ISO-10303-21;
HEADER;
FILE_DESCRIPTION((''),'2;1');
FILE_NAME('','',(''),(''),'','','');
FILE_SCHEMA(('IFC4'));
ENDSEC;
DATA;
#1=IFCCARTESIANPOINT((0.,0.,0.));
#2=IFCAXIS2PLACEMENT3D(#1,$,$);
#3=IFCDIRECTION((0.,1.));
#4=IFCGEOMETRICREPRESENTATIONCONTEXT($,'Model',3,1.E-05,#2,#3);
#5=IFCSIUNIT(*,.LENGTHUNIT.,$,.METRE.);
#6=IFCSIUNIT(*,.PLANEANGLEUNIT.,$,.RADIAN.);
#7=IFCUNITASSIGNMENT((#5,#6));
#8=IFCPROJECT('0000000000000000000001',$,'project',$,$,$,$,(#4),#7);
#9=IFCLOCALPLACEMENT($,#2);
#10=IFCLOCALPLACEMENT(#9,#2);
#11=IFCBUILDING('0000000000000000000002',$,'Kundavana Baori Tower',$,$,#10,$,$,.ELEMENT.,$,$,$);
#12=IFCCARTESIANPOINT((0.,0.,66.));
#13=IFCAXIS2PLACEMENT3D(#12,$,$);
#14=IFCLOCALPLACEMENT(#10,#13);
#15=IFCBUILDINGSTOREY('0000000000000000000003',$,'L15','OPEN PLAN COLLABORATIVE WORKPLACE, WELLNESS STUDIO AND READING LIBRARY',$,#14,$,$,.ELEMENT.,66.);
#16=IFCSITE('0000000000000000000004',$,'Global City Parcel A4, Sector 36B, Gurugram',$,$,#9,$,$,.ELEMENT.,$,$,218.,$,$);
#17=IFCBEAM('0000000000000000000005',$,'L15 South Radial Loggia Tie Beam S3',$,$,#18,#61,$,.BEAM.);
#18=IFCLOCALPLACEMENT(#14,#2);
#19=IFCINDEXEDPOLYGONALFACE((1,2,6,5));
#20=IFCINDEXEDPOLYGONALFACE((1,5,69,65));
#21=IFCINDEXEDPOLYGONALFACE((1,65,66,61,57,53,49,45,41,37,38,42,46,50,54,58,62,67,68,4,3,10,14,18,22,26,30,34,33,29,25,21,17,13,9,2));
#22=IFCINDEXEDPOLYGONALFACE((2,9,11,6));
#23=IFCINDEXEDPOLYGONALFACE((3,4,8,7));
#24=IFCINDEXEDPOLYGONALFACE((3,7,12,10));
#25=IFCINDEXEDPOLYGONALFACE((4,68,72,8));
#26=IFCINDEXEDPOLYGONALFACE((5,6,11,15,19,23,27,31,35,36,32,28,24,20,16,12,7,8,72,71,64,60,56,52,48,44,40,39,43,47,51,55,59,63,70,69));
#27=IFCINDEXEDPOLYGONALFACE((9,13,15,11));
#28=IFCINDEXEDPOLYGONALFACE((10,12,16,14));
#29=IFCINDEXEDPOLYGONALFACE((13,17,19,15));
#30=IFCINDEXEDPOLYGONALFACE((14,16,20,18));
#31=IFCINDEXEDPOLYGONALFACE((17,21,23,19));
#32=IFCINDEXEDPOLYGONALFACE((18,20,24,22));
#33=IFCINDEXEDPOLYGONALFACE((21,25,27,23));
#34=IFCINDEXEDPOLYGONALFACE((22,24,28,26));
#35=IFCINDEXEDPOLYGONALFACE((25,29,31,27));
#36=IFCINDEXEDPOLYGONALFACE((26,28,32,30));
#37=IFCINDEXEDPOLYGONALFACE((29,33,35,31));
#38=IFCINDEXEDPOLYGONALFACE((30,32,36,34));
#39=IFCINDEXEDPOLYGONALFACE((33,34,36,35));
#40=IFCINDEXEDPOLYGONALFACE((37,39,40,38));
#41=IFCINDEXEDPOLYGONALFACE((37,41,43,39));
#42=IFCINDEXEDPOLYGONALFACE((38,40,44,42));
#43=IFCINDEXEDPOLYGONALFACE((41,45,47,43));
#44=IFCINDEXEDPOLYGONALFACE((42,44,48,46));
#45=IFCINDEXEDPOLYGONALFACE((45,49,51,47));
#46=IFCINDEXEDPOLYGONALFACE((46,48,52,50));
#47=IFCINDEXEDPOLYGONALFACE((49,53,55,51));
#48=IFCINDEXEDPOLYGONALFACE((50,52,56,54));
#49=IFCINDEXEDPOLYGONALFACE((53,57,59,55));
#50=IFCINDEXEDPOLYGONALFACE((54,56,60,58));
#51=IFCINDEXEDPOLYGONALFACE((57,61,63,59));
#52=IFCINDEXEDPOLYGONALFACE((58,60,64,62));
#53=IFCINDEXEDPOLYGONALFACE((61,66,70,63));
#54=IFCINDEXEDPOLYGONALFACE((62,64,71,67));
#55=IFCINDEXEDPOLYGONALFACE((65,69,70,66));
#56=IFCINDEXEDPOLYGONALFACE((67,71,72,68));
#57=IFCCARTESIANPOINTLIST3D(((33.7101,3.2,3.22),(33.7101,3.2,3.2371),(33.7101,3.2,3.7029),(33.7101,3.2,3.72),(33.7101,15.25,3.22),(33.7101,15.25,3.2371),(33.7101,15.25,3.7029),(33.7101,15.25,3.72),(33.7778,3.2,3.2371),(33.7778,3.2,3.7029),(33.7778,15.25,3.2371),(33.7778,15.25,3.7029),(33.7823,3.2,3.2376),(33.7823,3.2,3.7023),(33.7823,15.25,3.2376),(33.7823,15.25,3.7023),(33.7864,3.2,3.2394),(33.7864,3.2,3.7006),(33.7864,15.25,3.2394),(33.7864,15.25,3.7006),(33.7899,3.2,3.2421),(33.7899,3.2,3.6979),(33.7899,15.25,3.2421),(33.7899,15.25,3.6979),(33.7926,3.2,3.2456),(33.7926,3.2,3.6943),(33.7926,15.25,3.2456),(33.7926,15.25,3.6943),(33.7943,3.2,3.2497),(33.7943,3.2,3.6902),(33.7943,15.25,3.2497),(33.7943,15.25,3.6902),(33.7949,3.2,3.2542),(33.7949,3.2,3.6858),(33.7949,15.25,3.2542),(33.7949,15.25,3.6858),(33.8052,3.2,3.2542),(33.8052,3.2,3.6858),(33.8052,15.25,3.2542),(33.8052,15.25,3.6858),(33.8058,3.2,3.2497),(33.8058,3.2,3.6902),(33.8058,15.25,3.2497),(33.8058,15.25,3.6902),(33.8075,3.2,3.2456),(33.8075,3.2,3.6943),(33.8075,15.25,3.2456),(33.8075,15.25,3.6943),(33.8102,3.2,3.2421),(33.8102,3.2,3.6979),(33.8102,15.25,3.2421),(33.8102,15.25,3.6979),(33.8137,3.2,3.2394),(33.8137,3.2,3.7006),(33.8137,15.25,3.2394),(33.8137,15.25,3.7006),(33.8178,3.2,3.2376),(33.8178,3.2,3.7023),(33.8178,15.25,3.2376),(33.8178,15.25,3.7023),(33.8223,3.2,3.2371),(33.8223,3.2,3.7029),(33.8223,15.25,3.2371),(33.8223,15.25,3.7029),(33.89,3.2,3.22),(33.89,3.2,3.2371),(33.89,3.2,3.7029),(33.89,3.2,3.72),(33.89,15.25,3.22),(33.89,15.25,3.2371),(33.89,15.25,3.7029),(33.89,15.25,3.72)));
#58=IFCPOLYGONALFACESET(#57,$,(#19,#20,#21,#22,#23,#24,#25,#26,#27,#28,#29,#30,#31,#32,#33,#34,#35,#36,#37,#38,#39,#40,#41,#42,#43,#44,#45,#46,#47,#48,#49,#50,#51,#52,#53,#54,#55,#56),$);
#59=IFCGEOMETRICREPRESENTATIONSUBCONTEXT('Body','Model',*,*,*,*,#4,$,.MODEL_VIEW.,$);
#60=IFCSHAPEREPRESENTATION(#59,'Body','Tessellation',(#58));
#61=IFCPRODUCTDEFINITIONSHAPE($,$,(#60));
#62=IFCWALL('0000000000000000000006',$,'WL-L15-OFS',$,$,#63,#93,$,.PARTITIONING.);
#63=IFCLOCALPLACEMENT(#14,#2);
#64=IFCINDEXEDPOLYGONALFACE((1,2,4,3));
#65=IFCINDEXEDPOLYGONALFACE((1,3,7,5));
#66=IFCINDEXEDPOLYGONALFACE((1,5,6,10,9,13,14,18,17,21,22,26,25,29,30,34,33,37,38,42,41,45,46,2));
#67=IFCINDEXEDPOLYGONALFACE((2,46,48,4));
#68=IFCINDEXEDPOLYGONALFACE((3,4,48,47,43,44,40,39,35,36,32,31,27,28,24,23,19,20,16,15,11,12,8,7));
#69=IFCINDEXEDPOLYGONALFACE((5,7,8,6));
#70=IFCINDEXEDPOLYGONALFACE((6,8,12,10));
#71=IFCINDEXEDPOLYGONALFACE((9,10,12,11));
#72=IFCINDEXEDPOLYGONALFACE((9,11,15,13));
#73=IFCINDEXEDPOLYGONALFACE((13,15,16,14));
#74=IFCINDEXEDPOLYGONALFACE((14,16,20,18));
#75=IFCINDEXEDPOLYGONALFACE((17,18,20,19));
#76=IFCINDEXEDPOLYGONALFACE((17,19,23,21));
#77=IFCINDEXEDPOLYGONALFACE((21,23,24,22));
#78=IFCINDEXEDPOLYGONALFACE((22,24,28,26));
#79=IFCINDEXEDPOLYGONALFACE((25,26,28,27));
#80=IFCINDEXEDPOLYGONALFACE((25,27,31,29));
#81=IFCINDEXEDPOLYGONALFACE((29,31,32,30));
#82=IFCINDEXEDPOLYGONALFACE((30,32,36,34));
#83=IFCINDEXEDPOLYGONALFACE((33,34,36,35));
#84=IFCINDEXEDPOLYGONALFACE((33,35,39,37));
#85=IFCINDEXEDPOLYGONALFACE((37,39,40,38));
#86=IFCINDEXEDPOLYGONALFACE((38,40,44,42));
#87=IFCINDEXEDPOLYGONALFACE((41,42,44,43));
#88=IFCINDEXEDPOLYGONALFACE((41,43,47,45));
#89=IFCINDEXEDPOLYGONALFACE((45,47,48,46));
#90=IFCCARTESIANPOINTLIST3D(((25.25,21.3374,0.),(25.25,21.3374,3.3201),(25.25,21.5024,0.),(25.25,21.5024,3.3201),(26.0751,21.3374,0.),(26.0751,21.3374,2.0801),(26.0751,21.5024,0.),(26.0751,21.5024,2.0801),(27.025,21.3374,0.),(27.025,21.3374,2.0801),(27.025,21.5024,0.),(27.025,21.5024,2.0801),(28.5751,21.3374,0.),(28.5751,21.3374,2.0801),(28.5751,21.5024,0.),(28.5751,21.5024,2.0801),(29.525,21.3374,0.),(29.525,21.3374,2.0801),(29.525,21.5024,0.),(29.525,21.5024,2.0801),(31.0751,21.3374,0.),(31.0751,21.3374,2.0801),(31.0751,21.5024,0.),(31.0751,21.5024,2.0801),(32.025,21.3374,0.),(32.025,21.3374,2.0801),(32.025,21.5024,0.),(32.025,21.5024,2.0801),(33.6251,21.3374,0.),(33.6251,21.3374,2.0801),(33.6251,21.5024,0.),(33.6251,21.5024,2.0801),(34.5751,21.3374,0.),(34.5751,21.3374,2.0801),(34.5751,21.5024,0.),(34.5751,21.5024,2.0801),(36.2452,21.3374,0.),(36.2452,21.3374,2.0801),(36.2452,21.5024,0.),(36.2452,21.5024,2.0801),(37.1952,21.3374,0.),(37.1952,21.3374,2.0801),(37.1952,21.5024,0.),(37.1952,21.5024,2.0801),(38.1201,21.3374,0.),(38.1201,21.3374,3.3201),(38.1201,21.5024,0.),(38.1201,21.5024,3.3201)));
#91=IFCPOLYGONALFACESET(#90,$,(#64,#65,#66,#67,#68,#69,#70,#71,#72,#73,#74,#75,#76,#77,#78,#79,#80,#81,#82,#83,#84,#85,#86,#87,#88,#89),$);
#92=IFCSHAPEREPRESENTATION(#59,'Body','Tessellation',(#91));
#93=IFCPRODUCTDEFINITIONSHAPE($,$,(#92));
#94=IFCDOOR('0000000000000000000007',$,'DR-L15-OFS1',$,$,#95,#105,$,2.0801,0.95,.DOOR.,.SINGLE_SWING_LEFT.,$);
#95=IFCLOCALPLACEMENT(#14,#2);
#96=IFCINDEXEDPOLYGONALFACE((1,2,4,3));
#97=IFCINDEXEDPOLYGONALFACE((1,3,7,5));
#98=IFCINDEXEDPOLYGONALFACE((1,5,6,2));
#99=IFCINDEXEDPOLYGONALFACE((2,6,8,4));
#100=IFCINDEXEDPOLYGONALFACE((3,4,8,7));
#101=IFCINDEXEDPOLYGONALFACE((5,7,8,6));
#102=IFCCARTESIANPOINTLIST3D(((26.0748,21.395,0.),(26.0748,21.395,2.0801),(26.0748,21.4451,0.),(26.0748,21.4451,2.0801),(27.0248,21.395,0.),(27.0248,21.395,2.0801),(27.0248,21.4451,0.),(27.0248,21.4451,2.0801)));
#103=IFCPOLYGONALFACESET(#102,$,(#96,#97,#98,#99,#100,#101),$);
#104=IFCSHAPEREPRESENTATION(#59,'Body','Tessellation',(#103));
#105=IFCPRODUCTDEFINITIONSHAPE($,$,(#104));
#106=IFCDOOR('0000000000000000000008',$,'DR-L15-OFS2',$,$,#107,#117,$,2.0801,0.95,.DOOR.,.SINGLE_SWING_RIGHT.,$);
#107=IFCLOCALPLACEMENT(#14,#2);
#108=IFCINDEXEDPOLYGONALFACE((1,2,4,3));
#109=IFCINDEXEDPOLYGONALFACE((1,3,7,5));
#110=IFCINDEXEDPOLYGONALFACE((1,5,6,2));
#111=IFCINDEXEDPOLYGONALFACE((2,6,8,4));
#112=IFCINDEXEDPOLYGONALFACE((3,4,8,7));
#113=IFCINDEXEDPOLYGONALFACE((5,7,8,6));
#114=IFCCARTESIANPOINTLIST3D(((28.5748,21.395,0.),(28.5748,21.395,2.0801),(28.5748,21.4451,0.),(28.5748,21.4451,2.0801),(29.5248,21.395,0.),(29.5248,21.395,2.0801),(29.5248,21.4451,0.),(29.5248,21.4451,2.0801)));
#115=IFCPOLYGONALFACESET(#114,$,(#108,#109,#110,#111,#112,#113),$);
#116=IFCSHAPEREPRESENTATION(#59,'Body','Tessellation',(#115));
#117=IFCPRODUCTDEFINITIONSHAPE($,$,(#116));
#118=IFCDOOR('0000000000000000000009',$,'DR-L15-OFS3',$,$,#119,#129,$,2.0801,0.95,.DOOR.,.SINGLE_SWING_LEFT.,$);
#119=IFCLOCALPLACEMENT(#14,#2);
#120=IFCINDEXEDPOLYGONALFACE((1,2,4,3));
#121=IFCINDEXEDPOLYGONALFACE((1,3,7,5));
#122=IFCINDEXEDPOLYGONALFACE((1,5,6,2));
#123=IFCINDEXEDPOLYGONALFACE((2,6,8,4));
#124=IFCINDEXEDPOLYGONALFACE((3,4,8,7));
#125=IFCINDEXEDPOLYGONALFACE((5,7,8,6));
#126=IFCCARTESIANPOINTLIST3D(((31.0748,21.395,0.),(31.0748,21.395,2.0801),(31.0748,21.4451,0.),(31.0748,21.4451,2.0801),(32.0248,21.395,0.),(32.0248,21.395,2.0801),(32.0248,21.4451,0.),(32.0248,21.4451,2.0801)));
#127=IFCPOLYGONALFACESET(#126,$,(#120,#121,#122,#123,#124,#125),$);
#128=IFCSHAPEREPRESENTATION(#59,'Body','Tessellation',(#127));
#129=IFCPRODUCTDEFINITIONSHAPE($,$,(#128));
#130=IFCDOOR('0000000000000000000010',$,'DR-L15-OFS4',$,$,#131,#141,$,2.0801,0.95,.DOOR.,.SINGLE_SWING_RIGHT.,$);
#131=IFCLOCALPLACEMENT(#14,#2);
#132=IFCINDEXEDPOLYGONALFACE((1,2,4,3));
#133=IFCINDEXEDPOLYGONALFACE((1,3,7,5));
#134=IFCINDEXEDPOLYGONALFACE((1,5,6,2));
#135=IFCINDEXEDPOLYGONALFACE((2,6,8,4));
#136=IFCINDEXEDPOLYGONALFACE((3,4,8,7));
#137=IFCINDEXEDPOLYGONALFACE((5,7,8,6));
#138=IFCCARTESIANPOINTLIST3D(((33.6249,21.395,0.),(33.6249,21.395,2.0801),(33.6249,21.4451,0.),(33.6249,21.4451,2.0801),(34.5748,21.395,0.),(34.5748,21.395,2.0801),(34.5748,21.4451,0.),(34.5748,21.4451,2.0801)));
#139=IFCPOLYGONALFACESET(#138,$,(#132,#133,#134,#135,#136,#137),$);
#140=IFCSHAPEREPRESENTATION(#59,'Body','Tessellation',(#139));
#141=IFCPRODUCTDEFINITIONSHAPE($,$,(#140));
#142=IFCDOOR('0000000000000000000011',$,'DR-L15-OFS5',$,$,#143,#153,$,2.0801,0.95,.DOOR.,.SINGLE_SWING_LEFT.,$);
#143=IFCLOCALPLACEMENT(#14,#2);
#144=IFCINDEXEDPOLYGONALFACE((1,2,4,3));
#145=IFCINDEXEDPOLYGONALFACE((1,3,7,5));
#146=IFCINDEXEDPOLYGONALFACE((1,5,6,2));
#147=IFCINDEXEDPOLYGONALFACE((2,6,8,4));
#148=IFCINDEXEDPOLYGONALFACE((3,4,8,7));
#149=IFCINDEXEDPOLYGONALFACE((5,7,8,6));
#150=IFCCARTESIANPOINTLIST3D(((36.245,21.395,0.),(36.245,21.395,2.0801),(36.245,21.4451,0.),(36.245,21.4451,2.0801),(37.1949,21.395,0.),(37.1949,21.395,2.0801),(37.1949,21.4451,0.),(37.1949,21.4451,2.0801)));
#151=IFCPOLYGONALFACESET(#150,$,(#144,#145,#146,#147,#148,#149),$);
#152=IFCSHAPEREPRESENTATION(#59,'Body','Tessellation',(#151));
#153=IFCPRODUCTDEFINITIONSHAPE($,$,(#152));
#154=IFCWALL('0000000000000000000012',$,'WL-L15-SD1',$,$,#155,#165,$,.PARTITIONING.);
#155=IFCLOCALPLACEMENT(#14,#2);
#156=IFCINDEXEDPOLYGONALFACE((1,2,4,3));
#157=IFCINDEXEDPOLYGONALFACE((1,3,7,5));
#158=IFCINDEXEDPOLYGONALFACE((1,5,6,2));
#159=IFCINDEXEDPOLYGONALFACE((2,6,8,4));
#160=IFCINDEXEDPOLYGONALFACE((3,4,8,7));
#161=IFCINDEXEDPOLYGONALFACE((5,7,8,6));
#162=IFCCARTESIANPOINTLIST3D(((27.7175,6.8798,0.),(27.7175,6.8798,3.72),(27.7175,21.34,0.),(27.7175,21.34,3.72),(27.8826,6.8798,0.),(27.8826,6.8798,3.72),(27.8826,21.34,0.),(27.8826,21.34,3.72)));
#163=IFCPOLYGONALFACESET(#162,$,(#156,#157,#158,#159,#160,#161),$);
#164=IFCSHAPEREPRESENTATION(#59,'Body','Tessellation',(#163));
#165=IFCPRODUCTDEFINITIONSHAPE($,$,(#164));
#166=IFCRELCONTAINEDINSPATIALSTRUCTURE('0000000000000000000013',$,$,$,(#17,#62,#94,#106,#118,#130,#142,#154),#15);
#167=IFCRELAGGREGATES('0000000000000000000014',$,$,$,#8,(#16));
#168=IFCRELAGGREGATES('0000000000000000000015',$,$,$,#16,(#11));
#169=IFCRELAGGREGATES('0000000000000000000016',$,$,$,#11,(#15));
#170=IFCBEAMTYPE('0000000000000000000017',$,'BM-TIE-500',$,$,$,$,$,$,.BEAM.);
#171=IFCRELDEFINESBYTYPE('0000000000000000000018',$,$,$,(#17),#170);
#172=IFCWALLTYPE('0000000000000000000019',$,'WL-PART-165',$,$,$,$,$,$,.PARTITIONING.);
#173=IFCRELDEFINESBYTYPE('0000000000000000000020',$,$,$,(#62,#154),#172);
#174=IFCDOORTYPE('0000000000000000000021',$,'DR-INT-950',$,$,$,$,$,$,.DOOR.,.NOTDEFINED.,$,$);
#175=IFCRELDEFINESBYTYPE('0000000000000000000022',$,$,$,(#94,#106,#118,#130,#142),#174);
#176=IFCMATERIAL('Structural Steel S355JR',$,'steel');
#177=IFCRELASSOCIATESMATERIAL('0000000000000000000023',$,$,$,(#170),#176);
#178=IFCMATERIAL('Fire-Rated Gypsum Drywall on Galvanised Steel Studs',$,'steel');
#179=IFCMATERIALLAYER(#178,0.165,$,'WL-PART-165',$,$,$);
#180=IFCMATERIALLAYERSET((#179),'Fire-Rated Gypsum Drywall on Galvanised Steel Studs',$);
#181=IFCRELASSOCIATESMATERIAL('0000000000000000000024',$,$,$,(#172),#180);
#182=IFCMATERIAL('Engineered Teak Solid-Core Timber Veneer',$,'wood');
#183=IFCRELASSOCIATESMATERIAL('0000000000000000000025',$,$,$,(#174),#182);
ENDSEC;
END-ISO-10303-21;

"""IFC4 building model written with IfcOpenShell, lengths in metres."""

from ifc_helpers import new_model, si_unit, direction, frame, frame_2d, origin, origin_2d, place, context, subcontext, project, spatial, rectangle, i_section, extrude, material, layer, layer_set, material_profile, profile_set, type_object, element, fill, save


model = new_model("IFC4")

# Units and contexts
model_context = context("Model", 3, precision=1e-05, world=origin(), true_north=direction((0.0, 1.0)))
body_context = subcontext(model_context, "Body", "Model", "MODEL_VIEW")
ifc_project = project(units=[si_unit("LENGTHUNIT", "METRE"), si_unit("PLANEANGLEUNIT", "RADIAN")], contexts=[model_context])

# Site, building, storey
site_placement = place(None, origin())
site = spatial("IfcSite", under=ifc_project, at=site_placement, Name="Global City Parcel A4, Sector 36B, Gurugram", CompositionType="ELEMENT", RefElevation=218.0)
building_placement = place(site_placement, origin())
building = spatial("IfcBuilding", under=site, at=building_placement, Name="Kundavana Baori Tower", CompositionType="ELEMENT")
storey_placement = place(building_placement, frame((0.0, 0.0, 66.0)))
storey = spatial("IfcBuildingStorey", under=building, at=storey_placement, Name="L15", Description="OPEN PLAN COLLABORATIVE WORKPLACE, WELLNESS STUDIO AND READING LIBRARY", CompositionType="ELEMENT", Elevation=66.0)

# Beam
ifc_material_1 = material(Name="Structural Steel S355JR", Category="steel")
ifc_material_profile_1 = material_profile(ifc_material_1, i_section(OverallWidth=0.1799, OverallDepth=0.5, WebThickness=0.0103, FlangeThickness=0.0171, FilletRadius=0.0171, at=origin_2d()), Name="ISMB 500")
ifc_profile_set_1 = profile_set([ifc_material_profile_1], Name="Structural Steel S355JR")
beam_type_1 = type_object("IfcBeamType", Name="BM-TIE-500", PredefinedType="BEAM", material=ifc_profile_set_1)
for number, where, z_axis, x_axis, name in (
    (1, (33.8, 15.25, 3.47), (0.0, -1.0, 0.0), (1.0, 0.0, 0.0), "L15 South Radial Loggia Tie Beam S3"),
):
    element("IfcBeam", number, at=place(storey_placement, frame(where, z_axis=z_axis, x_axis=x_axis)), inside=storey, type_object=beam_type_1, Name=name, PredefinedType="BEAM", context=body_context, shape_type="SweptSolid", body=[
        extrude(i_section(OverallWidth=0.1799, OverallDepth=0.5, WebThickness=0.0103, FlangeThickness=0.0171, FilletRadius=0.0171, at=origin_2d()), origin(), (0.0, 0.0, 1.0), 12.05),
    ])

# Wall, openings, doors
ifc_material_2 = material(Name="Fire-Rated Gypsum Drywall on Galvanised Steel Studs", Category="steel")
ifc_layer = layer(ifc_material_2, 0.165, Name="WL-PART-165")
ifc_layer_set = layer_set([ifc_layer], Name="Fire-Rated Gypsum Drywall on Galvanised Steel Studs")
wall_type = type_object("IfcWallType", Name="WL-PART-165", PredefinedType="PARTITIONING", material=ifc_layer_set)
wall_placement = place(storey_placement, frame((25.25, 21.4199, 0.0), z_axis=(0.0, 0.0, 1.0), x_axis=(1.0, 0.0, 0.0)))
wall = element("IfcWall", 2, at=wall_placement, inside=storey, type_object=wall_type, Name="WL-L15-OFS", PredefinedType="PARTITIONING", context=body_context, shape_type="SweptSolid", body=[
    extrude(rectangle(XDim=12.8701, YDim=0.165, at=frame_2d((6.4351, 0.0))), origin(), (0.0, 0.0, 1.0), 3.3201),
])
opening_1_placement = place(wall_placement, frame((0.825, 0.0, 0.0)))
opening_1 = element("IfcOpeningElement", 3, at=opening_1_placement, cuts=wall, PredefinedType="OPENING", context=body_context, shape_type="SweptSolid", body=[
    extrude(rectangle(XDim=0.95, YDim=2.0801, at=frame_2d((0.4751, 1.04))), frame((0.0, 0.0925, 0.0), z_axis=(0.0, -1.0, 0.0), x_axis=(1.0, 0.0, 0.0)), (0.0, 0.0, 1.0), 0.1851),
])
opening_2_placement = place(wall_placement, frame((3.325, 0.0, 0.0)))
opening_2 = element("IfcOpeningElement", 4, at=opening_2_placement, cuts=wall, PredefinedType="OPENING", context=body_context, shape_type="SweptSolid", body=[
    extrude(rectangle(XDim=0.95, YDim=2.0801, at=frame_2d((0.4751, 1.04))), frame((0.0, 0.0925, 0.0), z_axis=(0.0, -1.0, 0.0), x_axis=(1.0, 0.0, 0.0)), (0.0, 0.0, 1.0), 0.1851),
])
opening_3_placement = place(wall_placement, frame((5.825, 0.0, 0.0)))
opening_3 = element("IfcOpeningElement", 5, at=opening_3_placement, cuts=wall, PredefinedType="OPENING", context=body_context, shape_type="SweptSolid", body=[
    extrude(rectangle(XDim=0.95, YDim=2.0801, at=frame_2d((0.4751, 1.04))), frame((0.0, 0.0925, 0.0), z_axis=(0.0, -1.0, 0.0), x_axis=(1.0, 0.0, 0.0)), (0.0, 0.0, 1.0), 0.1851),
])
opening_4_placement = place(wall_placement, frame((8.375, 0.0, 0.0)))
opening_4 = element("IfcOpeningElement", 6, at=opening_4_placement, cuts=wall, PredefinedType="OPENING", context=body_context, shape_type="SweptSolid", body=[
    extrude(rectangle(XDim=0.95, YDim=2.0801, at=frame_2d((0.4751, 1.04))), frame((0.0, 0.0925, 0.0), z_axis=(0.0, -1.0, 0.0), x_axis=(1.0, 0.0, 0.0)), (0.0, 0.0, 1.0), 0.1851),
])
opening_5_placement = place(wall_placement, frame((10.9951, 0.0, 0.0)))
opening_5 = element("IfcOpeningElement", 7, at=opening_5_placement, cuts=wall, PredefinedType="OPENING", context=body_context, shape_type="SweptSolid", body=[
    extrude(rectangle(XDim=0.95, YDim=2.0801, at=frame_2d((0.4751, 1.04))), frame((0.0, 0.0925, 0.0), z_axis=(0.0, -1.0, 0.0), x_axis=(1.0, 0.0, 0.0)), (0.0, 0.0, 1.0), 0.1851),
])
ifc_material_3 = material(Name="Engineered Teak Solid-Core Timber Veneer", Category="wood")
door_type = type_object("IfcDoorType", Name="DR-INT-950", OperationType="NOTDEFINED", PredefinedType="DOOR", material=ifc_material_3)
door_1_placement = place(opening_1_placement, frame((0.95, 0.0, 0.0), z_axis=(0.0, 0.0, 1.0), x_axis=(-1.0, 0.0, 0.0)))
door_1 = element("IfcDoor", 8, at=door_1_placement, inside=storey, type_object=door_type, Name="DR-L15-OFS1", OperationType="SINGLE_SWING_LEFT", OverallHeight=2.0801, OverallWidth=0.95, PredefinedType="DOOR", context=body_context, shape_type="SweptSolid", body=[
    extrude(rectangle(XDim=0.95, YDim=2.0801, at=frame_2d((0.4751, 1.04))), frame((0.0, 0.0249, 0.0), z_axis=(0.0, -1.0, 0.0), x_axis=(1.0, 0.0, 0.0)), (0.0, 0.0, 1.0), 0.05),
])
fill(opening_1, door_1)
door_2_placement = place(opening_2_placement, frame((0.95, 0.0, 0.0), z_axis=(0.0, 0.0, 1.0), x_axis=(-1.0, 0.0, 0.0)))
door_2 = element("IfcDoor", 9, at=door_2_placement, inside=storey, type_object=door_type, Name="DR-L15-OFS2", OperationType="SINGLE_SWING_RIGHT", OverallHeight=2.0801, OverallWidth=0.95, PredefinedType="DOOR", context=body_context, shape_type="SweptSolid", body=[
    extrude(rectangle(XDim=0.95, YDim=2.0801, at=frame_2d((0.4751, 1.04))), frame((0.0, 0.0249, 0.0), z_axis=(0.0, -1.0, 0.0), x_axis=(1.0, 0.0, 0.0)), (0.0, 0.0, 1.0), 0.05),
])
fill(opening_2, door_2)
door_3_placement = place(opening_3_placement, frame((0.95, 0.0, 0.0), z_axis=(0.0, 0.0, 1.0), x_axis=(-1.0, 0.0, 0.0)))
door_3 = element("IfcDoor", 10, at=door_3_placement, inside=storey, type_object=door_type, Name="DR-L15-OFS3", OperationType="SINGLE_SWING_LEFT", OverallHeight=2.0801, OverallWidth=0.95, PredefinedType="DOOR", context=body_context, shape_type="SweptSolid", body=[
    extrude(rectangle(XDim=0.95, YDim=2.0801, at=frame_2d((0.4751, 1.04))), frame((0.0, 0.0249, 0.0), z_axis=(0.0, -1.0, 0.0), x_axis=(1.0, 0.0, 0.0)), (0.0, 0.0, 1.0), 0.05),
])
fill(opening_3, door_3)
door_4_placement = place(opening_4_placement, frame((0.95, 0.0, 0.0), z_axis=(0.0, 0.0, 1.0), x_axis=(-1.0, 0.0, 0.0)))
door_4 = element("IfcDoor", 11, at=door_4_placement, inside=storey, type_object=door_type, Name="DR-L15-OFS4", OperationType="SINGLE_SWING_RIGHT", OverallHeight=2.0801, OverallWidth=0.95, PredefinedType="DOOR", context=body_context, shape_type="SweptSolid", body=[
    extrude(rectangle(XDim=0.95, YDim=2.0801, at=frame_2d((0.4751, 1.04))), frame((0.0, 0.0249, 0.0), z_axis=(0.0, -1.0, 0.0), x_axis=(1.0, 0.0, 0.0)), (0.0, 0.0, 1.0), 0.05),
])
fill(opening_4, door_4)
door_5_placement = place(opening_5_placement, frame((0.95, 0.0, 0.0), z_axis=(0.0, 0.0, 1.0), x_axis=(-1.0, 0.0, 0.0)))
door_5 = element("IfcDoor", 12, at=door_5_placement, inside=storey, type_object=door_type, Name="DR-L15-OFS5", OperationType="SINGLE_SWING_LEFT", OverallHeight=2.0801, OverallWidth=0.95, PredefinedType="DOOR", context=body_context, shape_type="SweptSolid", body=[
    extrude(rectangle(XDim=0.95, YDim=2.0801, at=frame_2d((0.4751, 1.04))), frame((0.0, 0.0249, 0.0), z_axis=(0.0, -1.0, 0.0), x_axis=(1.0, 0.0, 0.0)), (0.0, 0.0, 1.0), 0.05),
])
fill(opening_5, door_5)

# Wall
for number, where, z_axis, x_axis, name in (
    (13, (27.8, 6.8799, 0.0), (0.0, 0.0, 1.0), (0.0, 1.0, 0.0), "WL-L15-SD1"),
):
    element("IfcWall", number, at=place(storey_placement, frame(where, z_axis=z_axis, x_axis=x_axis)), inside=storey, type_object=wall_type, Name=name, PredefinedType="PARTITIONING", context=body_context, shape_type="SweptSolid", body=[
        extrude(rectangle(XDim=14.4602, YDim=0.165, at=frame_2d((7.23, 0.0))), origin(), (0.0, 0.0, 1.0), 3.72),
    ])

save(model, "model.ifc")
